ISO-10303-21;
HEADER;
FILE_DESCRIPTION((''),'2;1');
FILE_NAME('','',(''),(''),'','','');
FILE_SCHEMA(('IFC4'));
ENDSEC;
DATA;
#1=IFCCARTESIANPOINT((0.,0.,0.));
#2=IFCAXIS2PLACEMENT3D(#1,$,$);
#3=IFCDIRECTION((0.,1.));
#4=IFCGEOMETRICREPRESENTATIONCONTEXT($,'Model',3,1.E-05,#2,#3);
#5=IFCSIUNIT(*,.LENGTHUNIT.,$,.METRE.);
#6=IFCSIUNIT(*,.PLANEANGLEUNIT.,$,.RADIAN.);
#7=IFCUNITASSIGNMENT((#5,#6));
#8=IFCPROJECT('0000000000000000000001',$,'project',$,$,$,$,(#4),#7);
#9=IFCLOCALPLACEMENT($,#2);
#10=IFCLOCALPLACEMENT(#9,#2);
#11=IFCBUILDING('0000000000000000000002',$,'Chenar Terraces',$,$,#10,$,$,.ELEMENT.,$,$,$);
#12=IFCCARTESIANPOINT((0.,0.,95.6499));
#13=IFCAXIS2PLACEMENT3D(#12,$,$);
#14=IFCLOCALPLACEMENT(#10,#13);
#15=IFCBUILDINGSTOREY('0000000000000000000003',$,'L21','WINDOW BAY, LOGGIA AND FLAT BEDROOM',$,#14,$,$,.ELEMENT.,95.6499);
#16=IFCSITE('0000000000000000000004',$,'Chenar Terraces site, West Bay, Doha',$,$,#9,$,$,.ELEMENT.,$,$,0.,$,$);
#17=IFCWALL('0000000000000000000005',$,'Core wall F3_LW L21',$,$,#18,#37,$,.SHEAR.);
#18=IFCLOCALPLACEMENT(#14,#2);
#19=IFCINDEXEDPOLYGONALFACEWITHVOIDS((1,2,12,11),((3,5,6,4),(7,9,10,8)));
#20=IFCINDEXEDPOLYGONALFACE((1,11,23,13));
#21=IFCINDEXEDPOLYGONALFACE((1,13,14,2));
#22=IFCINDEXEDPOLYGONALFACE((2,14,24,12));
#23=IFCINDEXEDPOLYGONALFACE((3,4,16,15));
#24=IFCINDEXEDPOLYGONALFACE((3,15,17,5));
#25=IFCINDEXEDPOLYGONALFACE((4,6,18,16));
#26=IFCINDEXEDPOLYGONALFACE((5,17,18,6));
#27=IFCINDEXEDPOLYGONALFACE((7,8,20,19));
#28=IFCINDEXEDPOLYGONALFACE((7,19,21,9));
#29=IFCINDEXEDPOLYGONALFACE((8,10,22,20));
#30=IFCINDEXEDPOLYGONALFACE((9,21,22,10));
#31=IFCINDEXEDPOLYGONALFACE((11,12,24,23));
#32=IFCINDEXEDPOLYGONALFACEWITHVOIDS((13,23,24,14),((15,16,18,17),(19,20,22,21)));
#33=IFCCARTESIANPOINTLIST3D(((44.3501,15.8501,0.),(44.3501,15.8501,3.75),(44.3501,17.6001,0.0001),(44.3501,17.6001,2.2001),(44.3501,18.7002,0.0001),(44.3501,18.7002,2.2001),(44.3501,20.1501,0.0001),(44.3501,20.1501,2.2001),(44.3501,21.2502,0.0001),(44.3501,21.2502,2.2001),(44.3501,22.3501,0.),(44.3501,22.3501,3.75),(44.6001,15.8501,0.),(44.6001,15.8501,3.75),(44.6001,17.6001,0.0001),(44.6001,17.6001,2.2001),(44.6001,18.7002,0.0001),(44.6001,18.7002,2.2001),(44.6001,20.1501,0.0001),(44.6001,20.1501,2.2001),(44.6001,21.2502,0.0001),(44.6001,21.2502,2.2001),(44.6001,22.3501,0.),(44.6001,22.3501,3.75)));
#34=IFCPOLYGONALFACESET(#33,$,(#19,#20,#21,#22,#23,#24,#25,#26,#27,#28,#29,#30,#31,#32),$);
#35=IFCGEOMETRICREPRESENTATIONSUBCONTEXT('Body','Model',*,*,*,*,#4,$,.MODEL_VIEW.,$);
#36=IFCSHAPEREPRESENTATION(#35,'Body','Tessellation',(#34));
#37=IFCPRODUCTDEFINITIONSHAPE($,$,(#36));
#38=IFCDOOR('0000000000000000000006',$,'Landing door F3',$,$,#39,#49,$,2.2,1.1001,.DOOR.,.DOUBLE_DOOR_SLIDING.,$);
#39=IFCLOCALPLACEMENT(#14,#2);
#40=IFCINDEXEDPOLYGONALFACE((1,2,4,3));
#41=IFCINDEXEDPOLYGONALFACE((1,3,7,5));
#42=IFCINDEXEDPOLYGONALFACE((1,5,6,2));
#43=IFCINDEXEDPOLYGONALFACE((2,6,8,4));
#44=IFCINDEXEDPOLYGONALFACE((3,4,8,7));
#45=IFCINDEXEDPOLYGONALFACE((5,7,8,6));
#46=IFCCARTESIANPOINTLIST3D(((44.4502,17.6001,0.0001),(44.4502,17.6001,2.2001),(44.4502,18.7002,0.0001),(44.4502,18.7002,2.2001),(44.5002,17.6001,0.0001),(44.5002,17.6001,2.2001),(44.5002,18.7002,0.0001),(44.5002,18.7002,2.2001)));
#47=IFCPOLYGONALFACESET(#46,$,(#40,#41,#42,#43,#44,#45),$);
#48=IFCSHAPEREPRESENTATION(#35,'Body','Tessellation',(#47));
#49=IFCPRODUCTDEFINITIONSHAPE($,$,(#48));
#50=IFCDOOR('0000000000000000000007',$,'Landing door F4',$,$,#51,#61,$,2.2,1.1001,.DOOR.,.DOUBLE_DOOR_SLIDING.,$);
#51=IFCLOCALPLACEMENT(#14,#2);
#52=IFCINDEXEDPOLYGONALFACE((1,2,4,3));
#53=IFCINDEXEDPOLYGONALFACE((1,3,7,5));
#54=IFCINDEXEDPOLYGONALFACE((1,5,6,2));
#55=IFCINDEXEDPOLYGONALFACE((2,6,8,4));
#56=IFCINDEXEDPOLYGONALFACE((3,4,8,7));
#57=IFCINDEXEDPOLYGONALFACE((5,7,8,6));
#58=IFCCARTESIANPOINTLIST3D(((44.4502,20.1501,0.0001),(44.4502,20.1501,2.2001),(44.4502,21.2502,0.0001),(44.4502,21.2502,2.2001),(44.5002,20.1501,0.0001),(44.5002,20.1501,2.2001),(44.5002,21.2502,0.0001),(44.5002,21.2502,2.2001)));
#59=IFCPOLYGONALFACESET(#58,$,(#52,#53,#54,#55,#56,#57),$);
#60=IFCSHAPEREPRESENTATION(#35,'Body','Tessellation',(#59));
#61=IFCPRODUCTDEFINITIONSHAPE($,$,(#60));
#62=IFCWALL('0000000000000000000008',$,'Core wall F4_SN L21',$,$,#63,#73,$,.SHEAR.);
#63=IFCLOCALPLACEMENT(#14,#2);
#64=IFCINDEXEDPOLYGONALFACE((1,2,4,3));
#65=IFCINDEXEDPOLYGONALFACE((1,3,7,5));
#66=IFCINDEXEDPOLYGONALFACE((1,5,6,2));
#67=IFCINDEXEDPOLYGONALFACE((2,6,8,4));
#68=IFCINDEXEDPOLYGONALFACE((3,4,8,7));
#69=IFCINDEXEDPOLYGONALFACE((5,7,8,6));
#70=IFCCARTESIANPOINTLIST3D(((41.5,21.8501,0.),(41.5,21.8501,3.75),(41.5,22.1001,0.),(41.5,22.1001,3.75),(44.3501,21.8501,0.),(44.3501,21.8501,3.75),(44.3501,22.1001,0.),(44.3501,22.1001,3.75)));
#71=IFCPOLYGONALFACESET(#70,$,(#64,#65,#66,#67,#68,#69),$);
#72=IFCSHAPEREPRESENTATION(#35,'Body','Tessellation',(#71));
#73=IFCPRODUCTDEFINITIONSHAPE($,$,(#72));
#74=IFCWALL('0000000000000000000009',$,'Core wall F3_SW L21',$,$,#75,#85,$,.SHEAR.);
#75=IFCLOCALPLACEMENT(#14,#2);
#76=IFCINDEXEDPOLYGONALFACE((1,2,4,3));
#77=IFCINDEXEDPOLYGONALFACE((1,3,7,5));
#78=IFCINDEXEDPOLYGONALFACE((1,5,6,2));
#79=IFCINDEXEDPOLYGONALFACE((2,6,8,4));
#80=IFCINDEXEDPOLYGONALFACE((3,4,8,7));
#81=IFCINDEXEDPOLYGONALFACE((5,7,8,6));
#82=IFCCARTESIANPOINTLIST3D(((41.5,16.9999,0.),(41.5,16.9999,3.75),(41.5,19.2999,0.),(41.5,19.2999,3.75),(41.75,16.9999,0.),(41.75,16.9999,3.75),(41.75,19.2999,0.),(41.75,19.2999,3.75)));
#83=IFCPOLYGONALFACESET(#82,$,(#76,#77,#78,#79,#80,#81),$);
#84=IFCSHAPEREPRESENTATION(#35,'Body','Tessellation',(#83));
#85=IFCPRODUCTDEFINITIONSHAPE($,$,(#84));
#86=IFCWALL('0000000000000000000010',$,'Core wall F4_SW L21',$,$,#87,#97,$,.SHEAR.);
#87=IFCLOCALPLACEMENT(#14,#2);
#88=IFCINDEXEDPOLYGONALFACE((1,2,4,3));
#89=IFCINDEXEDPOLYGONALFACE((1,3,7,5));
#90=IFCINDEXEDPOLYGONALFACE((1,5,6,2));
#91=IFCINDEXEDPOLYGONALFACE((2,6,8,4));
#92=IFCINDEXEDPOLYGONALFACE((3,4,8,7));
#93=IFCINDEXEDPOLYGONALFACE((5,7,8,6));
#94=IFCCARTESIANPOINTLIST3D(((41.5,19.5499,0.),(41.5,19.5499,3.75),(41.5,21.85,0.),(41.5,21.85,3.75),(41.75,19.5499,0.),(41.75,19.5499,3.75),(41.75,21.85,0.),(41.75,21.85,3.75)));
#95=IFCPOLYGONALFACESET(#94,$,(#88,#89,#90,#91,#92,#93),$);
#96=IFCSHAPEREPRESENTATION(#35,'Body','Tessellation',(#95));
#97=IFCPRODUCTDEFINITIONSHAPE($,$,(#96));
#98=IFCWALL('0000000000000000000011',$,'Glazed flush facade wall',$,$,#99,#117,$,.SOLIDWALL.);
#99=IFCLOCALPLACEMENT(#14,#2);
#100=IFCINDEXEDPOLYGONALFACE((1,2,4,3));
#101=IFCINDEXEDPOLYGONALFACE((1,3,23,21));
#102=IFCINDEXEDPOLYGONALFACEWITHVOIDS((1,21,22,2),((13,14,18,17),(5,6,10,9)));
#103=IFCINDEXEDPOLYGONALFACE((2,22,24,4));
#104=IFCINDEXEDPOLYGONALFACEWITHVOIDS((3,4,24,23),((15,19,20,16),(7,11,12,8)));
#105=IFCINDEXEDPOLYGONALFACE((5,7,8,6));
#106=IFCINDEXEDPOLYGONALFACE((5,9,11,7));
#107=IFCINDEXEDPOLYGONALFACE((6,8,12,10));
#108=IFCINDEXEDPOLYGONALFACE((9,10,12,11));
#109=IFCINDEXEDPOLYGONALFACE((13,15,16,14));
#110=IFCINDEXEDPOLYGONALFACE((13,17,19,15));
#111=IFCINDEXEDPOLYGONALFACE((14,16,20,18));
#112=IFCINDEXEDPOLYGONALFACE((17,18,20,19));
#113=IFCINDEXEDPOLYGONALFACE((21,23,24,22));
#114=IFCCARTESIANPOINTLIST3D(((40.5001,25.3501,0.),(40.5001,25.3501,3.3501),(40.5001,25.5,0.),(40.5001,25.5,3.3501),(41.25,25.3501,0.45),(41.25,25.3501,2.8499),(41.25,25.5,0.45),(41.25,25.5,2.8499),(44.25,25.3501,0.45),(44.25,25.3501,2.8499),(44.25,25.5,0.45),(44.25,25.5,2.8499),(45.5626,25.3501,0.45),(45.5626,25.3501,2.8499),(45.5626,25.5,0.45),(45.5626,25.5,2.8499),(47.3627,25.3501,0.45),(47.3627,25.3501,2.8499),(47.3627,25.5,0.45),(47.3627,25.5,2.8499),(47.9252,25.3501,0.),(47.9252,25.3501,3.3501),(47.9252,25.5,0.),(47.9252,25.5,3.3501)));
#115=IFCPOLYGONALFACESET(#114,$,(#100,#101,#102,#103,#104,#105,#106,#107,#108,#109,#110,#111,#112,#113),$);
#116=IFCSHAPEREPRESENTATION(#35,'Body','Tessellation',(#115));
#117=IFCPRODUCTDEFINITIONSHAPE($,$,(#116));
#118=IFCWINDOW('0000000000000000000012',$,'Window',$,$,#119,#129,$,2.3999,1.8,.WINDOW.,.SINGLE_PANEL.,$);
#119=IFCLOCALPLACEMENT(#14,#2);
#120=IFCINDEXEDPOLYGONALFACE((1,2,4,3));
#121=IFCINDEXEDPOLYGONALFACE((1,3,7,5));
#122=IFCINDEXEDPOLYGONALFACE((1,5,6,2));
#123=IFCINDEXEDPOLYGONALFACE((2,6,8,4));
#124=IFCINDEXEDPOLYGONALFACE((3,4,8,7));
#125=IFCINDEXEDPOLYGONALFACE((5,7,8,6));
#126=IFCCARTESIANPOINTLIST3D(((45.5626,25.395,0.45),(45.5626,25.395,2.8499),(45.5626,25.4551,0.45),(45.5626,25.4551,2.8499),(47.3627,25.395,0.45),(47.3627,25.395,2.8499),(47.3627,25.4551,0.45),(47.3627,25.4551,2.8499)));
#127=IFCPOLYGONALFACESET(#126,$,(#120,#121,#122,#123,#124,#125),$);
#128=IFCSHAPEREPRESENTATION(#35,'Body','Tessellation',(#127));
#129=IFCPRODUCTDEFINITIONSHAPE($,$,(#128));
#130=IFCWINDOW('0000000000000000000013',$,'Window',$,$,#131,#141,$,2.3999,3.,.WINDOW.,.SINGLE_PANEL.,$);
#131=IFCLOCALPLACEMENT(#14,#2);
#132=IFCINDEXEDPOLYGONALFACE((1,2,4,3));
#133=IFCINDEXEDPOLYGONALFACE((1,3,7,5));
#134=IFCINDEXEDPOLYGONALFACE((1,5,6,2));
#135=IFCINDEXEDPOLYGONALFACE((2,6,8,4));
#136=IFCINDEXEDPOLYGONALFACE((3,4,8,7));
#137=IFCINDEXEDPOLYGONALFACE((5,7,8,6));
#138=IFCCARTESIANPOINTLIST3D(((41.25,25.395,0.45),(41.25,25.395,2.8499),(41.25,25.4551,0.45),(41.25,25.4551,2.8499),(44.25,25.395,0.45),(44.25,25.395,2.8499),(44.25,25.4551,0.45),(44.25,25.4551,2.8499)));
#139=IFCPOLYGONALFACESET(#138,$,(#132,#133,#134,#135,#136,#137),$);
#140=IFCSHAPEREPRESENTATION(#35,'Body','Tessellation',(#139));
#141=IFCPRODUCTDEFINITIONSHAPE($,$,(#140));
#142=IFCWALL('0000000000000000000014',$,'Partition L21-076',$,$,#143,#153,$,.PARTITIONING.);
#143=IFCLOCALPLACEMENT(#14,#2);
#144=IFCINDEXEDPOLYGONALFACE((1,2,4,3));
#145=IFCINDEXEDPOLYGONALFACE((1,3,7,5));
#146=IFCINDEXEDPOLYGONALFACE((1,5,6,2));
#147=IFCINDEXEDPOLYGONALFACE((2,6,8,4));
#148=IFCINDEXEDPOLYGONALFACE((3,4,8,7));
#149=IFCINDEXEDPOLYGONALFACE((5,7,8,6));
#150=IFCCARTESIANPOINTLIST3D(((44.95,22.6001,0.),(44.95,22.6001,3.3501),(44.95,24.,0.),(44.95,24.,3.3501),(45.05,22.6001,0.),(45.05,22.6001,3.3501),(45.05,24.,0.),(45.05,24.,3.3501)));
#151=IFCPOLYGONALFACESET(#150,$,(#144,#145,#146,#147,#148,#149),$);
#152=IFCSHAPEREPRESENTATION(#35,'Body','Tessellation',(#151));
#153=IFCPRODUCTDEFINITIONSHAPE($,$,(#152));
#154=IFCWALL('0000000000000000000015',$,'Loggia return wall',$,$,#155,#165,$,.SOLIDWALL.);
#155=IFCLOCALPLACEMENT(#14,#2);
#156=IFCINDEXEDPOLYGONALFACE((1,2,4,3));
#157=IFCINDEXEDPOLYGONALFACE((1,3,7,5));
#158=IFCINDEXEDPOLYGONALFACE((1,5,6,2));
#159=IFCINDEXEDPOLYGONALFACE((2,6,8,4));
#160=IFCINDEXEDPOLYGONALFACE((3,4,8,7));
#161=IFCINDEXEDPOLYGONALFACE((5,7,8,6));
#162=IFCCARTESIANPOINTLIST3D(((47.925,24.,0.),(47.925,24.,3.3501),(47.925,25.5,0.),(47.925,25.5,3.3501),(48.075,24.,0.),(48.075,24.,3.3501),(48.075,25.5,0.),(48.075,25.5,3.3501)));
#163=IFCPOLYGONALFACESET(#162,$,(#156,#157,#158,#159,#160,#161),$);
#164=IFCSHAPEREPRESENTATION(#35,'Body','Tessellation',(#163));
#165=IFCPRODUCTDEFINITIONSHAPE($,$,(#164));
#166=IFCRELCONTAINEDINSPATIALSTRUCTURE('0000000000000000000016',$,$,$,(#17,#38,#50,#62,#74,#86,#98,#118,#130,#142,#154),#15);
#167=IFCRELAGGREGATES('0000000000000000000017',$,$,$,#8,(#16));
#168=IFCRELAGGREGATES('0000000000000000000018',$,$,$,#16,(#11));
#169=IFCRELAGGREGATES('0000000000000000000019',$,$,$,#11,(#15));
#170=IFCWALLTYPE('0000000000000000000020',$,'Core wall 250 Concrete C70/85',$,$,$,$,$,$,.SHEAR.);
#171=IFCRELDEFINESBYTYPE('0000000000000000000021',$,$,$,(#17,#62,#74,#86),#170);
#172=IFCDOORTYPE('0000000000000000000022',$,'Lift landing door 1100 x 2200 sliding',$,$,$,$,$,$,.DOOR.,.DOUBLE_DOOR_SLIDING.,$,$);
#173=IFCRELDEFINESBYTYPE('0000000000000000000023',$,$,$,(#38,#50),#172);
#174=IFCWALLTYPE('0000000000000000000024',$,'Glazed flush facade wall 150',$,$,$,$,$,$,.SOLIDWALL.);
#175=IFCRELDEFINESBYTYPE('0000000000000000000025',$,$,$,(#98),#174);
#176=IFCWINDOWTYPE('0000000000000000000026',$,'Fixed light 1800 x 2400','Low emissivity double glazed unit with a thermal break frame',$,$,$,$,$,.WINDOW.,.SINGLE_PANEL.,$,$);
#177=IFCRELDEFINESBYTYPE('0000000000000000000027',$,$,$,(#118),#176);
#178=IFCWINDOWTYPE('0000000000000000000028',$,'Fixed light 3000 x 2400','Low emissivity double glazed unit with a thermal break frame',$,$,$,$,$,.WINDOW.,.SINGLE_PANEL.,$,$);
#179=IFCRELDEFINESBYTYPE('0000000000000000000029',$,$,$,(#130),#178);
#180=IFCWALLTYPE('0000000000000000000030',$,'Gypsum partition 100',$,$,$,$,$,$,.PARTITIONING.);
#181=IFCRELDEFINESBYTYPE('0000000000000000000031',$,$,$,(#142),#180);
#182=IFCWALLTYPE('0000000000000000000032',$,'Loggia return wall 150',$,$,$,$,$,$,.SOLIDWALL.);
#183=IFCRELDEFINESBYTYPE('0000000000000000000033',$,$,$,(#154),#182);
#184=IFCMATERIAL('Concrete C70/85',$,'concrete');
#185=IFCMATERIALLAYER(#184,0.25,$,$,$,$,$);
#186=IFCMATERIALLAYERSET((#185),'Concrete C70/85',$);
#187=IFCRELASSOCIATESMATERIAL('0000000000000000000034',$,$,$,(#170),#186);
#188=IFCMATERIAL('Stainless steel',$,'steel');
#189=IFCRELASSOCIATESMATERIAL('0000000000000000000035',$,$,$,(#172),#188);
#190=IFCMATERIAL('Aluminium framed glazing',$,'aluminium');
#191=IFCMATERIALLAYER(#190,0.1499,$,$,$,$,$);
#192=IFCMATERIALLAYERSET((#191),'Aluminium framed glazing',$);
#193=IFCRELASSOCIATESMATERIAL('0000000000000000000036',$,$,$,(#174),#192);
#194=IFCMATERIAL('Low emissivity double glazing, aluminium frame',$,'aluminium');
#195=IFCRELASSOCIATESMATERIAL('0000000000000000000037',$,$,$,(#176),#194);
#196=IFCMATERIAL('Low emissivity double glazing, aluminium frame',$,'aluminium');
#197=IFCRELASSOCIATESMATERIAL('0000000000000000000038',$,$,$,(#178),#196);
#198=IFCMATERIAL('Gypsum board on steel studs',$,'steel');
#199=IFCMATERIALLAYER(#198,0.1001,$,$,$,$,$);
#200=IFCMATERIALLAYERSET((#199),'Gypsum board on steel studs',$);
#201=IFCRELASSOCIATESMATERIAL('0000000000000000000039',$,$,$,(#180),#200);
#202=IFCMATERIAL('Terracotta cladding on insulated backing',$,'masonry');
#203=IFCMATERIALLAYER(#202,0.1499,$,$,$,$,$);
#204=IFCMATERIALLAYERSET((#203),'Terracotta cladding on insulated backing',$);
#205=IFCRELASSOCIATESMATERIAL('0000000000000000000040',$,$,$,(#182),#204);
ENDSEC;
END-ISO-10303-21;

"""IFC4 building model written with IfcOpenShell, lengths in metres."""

from ifc_helpers import new_model, si_unit, direction, frame, frame_2d, origin, place, context, subcontext, project, spatial, rectangle, extrude, material, layer, layer_set, type_object, element, fill, save


model = new_model("IFC4")

# Units and contexts
model_context = context("Model", 3, precision=1e-05, world=origin(), true_north=direction((0.0, 1.0)))
body_context = subcontext(model_context, "Body", "Model", "MODEL_VIEW")
ifc_project = project(units=[si_unit("LENGTHUNIT", "METRE"), si_unit("PLANEANGLEUNIT", "RADIAN")], contexts=[model_context])

# Site, building, storey
site_placement = place(None, origin())
site = spatial("IfcSite", under=ifc_project, at=site_placement, Name="Chenar Terraces site, West Bay, Doha", CompositionType="ELEMENT", RefElevation=0.0)
building_placement = place(site_placement, origin())
building = spatial("IfcBuilding", under=site, at=building_placement, Name="Chenar Terraces", CompositionType="ELEMENT")
storey_placement = place(building_placement, frame((0.0, 0.0, 95.6499)))
storey = spatial("IfcBuildingStorey", under=building, at=storey_placement, Name="L21", Description="WINDOW BAY, LOGGIA AND FLAT BEDROOM", CompositionType="ELEMENT", Elevation=95.6499)

# Shared definitions
ifc_material_1 = material(Name="Concrete C70/85", Category="concrete")
ifc_layer_1 = layer(ifc_material_1, 0.25)
ifc_layer_set_1 = layer_set([ifc_layer_1], Name="Concrete C70/85")
wall_type_1 = type_object("IfcWallType", Name="Core wall 250 Concrete C70/85", PredefinedType="SHEAR", material=ifc_layer_set_1)

# Wall, openings, doors
wall_1_placement = place(storey_placement, frame((44.4751, 15.8501, 0.0), z_axis=(0.0, 0.0, 1.0), x_axis=(0.0, 1.0, 0.0)))
wall_1 = element("IfcWall", 1, at=wall_1_placement, inside=storey, type_object=wall_type_1, Name="Core wall F3_LW L21", PredefinedType="SHEAR", context=body_context, shape_type="SweptSolid", body=[
    extrude(rectangle(XDim=6.5, YDim=0.25, at=frame_2d((3.25, 0.0))), origin(), (0.0, 0.0, 1.0), 3.75),
])
opening_1_placement = place(wall_1_placement, frame((1.75, 0.0, 0.0)))
opening_1 = element("IfcOpeningElement", 2, at=opening_1_placement, cuts=wall_1, PredefinedType="OPENING", context=body_context, shape_type="SweptSolid", body=[
    extrude(rectangle(XDim=1.1001, YDim=2.2, at=frame_2d((0.55, 1.1001))), frame((0.0, 0.135, 0.0), z_axis=(0.0, -1.0, 0.0), x_axis=(1.0, 0.0, 0.0)), (0.0, 0.0, 1.0), 0.27),
])
opening_2_placement = place(wall_1_placement, frame((4.3, 0.0, 0.0)))
opening_2 = element("IfcOpeningElement", 3, at=opening_2_placement, cuts=wall_1, PredefinedType="OPENING", context=body_context, shape_type="SweptSolid", body=[
    extrude(rectangle(XDim=1.1001, YDim=2.2, at=frame_2d((0.55, 1.1001))), frame((0.0, 0.135, 0.0), z_axis=(0.0, -1.0, 0.0), x_axis=(1.0, 0.0, 0.0)), (0.0, 0.0, 1.0), 0.27),
])
ifc_material_2 = material(Name="Stainless steel", Category="steel")
door_type_1 = type_object("IfcDoorType", Name="Lift landing door 1100 x 2200 sliding", OperationType="DOUBLE_DOOR_SLIDING", PredefinedType="DOOR", material=ifc_material_2)
door_1_placement = place(opening_1_placement, origin())
door_1 = element("IfcDoor", 4, at=door_1_placement, inside=storey, type_object=door_type_1, Name="Landing door F3", OperationType="DOUBLE_DOOR_SLIDING", OverallHeight=2.2, OverallWidth=1.1001, PredefinedType="DOOR", context=body_context, shape_type="SweptSolid", body=[
    extrude(rectangle(XDim=1.1001, YDim=2.2, at=frame_2d((0.55, 1.1001))), frame((0.0, 0.0249, 0.0), z_axis=(0.0, -1.0, 0.0), x_axis=(1.0, 0.0, 0.0)), (0.0, 0.0, 1.0), 0.05),
])
fill(opening_1, door_1)
door_2_placement = place(opening_2_placement, origin())
door_2 = element("IfcDoor", 5, at=door_2_placement, inside=storey, type_object=door_type_1, Name="Landing door F4", OperationType="DOUBLE_DOOR_SLIDING", OverallHeight=2.2, OverallWidth=1.1001, PredefinedType="DOOR", context=body_context, shape_type="SweptSolid", body=[
    extrude(rectangle(XDim=1.1001, YDim=2.2, at=frame_2d((0.55, 1.1001))), frame((0.0, 0.0249, 0.0), z_axis=(0.0, -1.0, 0.0), x_axis=(1.0, 0.0, 0.0)), (0.0, 0.0, 1.0), 0.05),
])
fill(opening_2, door_2)

# Walls
wall_2_placement = place(storey_placement, frame((41.5, 21.9751, 0.0), z_axis=(0.0, 0.0, 1.0), x_axis=(1.0, 0.0, 0.0)))
element("IfcWall", 6, at=wall_2_placement, inside=storey, type_object=wall_type_1, Name="Core wall F4_SN L21", PredefinedType="SHEAR", context=body_context, shape_type="SweptSolid", body=[
    extrude(rectangle(XDim=2.8501, YDim=0.25, at=frame_2d((1.425, 0.0))), origin(), (0.0, 0.0, 1.0), 3.75),
])
for number, where, z_axis, x_axis, name in (
    (7, (41.625, 17.0, 0.0), (0.0, 0.0, 1.0), (0.0, 1.0, 0.0), "Core wall F3_SW L21"),
    (8, (41.625, 19.55, 0.0), (0.0, 0.0, 1.0), (0.0, 1.0, 0.0), "Core wall F4_SW L21"),
):
    element("IfcWall", number, at=place(storey_placement, frame(where, z_axis=z_axis, x_axis=x_axis)), inside=storey, type_object=wall_type_1, Name=name, PredefinedType="SHEAR", context=body_context, shape_type="SweptSolid", body=[
        extrude(rectangle(XDim=2.3, YDim=0.25, at=frame_2d((1.1499, 0.0))), origin(), (0.0, 0.0, 1.0), 3.75),
    ])

# Wall, openings, windows
ifc_material_3 = material(Name="Aluminium framed glazing", Category="aluminium")
ifc_layer_2 = layer(ifc_material_3, 0.1499)
ifc_layer_set_2 = layer_set([ifc_layer_2], Name="Aluminium framed glazing")
wall_type_2 = type_object("IfcWallType", Name="Glazed flush facade wall 150", PredefinedType="SOLIDWALL", material=ifc_layer_set_2)
wall_3_placement = place(storey_placement, frame((47.925, 25.425, 0.0), z_axis=(0.0, 0.0, 1.0), x_axis=(-1.0, 0.0, 0.0)))
wall_3 = element("IfcWall", 9, at=wall_3_placement, inside=storey, type_object=wall_type_2, Name="Glazed flush facade wall", PredefinedType="SOLIDWALL", context=body_context, shape_type="SweptSolid", body=[
    extrude(rectangle(XDim=7.425, YDim=0.1499, at=frame_2d((3.7124, 0.0))), origin(), (0.0, 0.0, 1.0), 3.3501),
])
opening_3_placement = place(wall_3_placement, frame((0.5625, 0.0, 0.45)))
opening_3 = element("IfcOpeningElement", 10, at=opening_3_placement, cuts=wall_3, PredefinedType="OPENING", context=body_context, shape_type="SweptSolid", body=[
    extrude(rectangle(XDim=1.8, YDim=2.3999, at=frame_2d((0.8999, 1.2))), frame((0.0, 0.085, 0.0), z_axis=(0.0, -1.0, 0.0), x_axis=(1.0, 0.0, 0.0)), (0.0, 0.0, 1.0), 0.1699),
])
opening_4_placement = place(wall_3_placement, frame((3.675, 0.0, 0.45)))
opening_4 = element("IfcOpeningElement", 11, at=opening_4_placement, cuts=wall_3, PredefinedType="OPENING", context=body_context, shape_type="SweptSolid", body=[
    extrude(rectangle(XDim=3.0, YDim=2.3999, at=frame_2d((1.5, 1.2))), frame((0.0, 0.085, 0.0), z_axis=(0.0, -1.0, 0.0), x_axis=(1.0, 0.0, 0.0)), (0.0, 0.0, 1.0), 0.1699),
])
ifc_material_4 = material(Name="Low emissivity double glazing, aluminium frame", Category="aluminium")
window_type_1 = type_object("IfcWindowType", Name="Fixed light 1800 x 2400", Description="Low emissivity double glazed unit with a thermal break frame", PartitioningType="SINGLE_PANEL", PredefinedType="WINDOW", material=ifc_material_4)
window_1_placement = place(opening_3_placement, origin())
window_1 = element("IfcWindow", 12, at=window_1_placement, inside=storey, type_object=window_type_1, Name="Window", OverallHeight=2.3999, OverallWidth=1.8, PartitioningType="SINGLE_PANEL", PredefinedType="WINDOW", context=body_context, shape_type="SweptSolid", body=[
    extrude(rectangle(XDim=1.8, YDim=2.3999, at=frame_2d((0.8999, 1.2))), frame((0.0, 0.03, 0.0), z_axis=(0.0, -1.0, 0.0), x_axis=(1.0, 0.0, 0.0)), (0.0, 0.0, 1.0), 0.0601),
])
fill(opening_3, window_1)
ifc_material_5 = material(Name="Low emissivity double glazing, aluminium frame", Category="aluminium")
window_type_2 = type_object("IfcWindowType", Name="Fixed light 3000 x 2400", Description="Low emissivity double glazed unit with a thermal break frame", PartitioningType="SINGLE_PANEL", PredefinedType="WINDOW", material=ifc_material_5)
window_2_placement = place(opening_4_placement, origin())
window_2 = element("IfcWindow", 13, at=window_2_placement, inside=storey, type_object=window_type_2, Name="Window", OverallHeight=2.3999, OverallWidth=3.0, PartitioningType="SINGLE_PANEL", PredefinedType="WINDOW", context=body_context, shape_type="SweptSolid", body=[
    extrude(rectangle(XDim=3.0, YDim=2.3999, at=frame_2d((1.5, 1.2))), frame((0.0, 0.03, 0.0), z_axis=(0.0, -1.0, 0.0), x_axis=(1.0, 0.0, 0.0)), (0.0, 0.0, 1.0), 0.0601),
])
fill(opening_4, window_2)

# Walls
ifc_material_6 = material(Name="Gypsum board on steel studs", Category="steel")
ifc_layer_3 = layer(ifc_material_6, 0.1001)
ifc_layer_set_3 = layer_set([ifc_layer_3], Name="Gypsum board on steel studs")
wall_type_3 = type_object("IfcWallType", Name="Gypsum partition 100", PredefinedType="PARTITIONING", material=ifc_layer_set_3)
wall_4_placement = place(storey_placement, frame((45.0, 22.6001, 0.0), z_axis=(0.0, 0.0, 1.0), x_axis=(0.0, 1.0, 0.0)))
element("IfcWall", 14, at=wall_4_placement, inside=storey, type_object=wall_type_3, Name="Partition L21-076", PredefinedType="PARTITIONING", context=body_context, shape_type="SweptSolid", body=[
    extrude(rectangle(XDim=1.3999, YDim=0.1001, at=frame_2d((0.7, 0.0))), origin(), (0.0, 0.0, 1.0), 3.3501),
])
ifc_material_7 = material(Name="Terracotta cladding on insulated backing", Category="masonry")
ifc_layer_4 = layer(ifc_material_7, 0.1499)
ifc_layer_set_4 = layer_set([ifc_layer_4], Name="Terracotta cladding on insulated backing")
wall_type_4 = type_object("IfcWallType", Name="Loggia return wall 150", PredefinedType="SOLIDWALL", material=ifc_layer_set_4)
wall_5_placement = place(storey_placement, frame((48.0, 25.5, 0.0), z_axis=(0.0, 0.0, 1.0), x_axis=(0.0, -1.0, 0.0)))
element("IfcWall", 15, at=wall_5_placement, inside=storey, type_object=wall_type_4, Name="Loggia return wall", PredefinedType="SOLIDWALL", context=body_context, shape_type="SweptSolid", body=[
    extrude(rectangle(XDim=1.5, YDim=0.1499, at=frame_2d((0.75, 0.0))), origin(), (0.0, 0.0, 1.0), 3.3501),
])

save(model, "model.ifc")
